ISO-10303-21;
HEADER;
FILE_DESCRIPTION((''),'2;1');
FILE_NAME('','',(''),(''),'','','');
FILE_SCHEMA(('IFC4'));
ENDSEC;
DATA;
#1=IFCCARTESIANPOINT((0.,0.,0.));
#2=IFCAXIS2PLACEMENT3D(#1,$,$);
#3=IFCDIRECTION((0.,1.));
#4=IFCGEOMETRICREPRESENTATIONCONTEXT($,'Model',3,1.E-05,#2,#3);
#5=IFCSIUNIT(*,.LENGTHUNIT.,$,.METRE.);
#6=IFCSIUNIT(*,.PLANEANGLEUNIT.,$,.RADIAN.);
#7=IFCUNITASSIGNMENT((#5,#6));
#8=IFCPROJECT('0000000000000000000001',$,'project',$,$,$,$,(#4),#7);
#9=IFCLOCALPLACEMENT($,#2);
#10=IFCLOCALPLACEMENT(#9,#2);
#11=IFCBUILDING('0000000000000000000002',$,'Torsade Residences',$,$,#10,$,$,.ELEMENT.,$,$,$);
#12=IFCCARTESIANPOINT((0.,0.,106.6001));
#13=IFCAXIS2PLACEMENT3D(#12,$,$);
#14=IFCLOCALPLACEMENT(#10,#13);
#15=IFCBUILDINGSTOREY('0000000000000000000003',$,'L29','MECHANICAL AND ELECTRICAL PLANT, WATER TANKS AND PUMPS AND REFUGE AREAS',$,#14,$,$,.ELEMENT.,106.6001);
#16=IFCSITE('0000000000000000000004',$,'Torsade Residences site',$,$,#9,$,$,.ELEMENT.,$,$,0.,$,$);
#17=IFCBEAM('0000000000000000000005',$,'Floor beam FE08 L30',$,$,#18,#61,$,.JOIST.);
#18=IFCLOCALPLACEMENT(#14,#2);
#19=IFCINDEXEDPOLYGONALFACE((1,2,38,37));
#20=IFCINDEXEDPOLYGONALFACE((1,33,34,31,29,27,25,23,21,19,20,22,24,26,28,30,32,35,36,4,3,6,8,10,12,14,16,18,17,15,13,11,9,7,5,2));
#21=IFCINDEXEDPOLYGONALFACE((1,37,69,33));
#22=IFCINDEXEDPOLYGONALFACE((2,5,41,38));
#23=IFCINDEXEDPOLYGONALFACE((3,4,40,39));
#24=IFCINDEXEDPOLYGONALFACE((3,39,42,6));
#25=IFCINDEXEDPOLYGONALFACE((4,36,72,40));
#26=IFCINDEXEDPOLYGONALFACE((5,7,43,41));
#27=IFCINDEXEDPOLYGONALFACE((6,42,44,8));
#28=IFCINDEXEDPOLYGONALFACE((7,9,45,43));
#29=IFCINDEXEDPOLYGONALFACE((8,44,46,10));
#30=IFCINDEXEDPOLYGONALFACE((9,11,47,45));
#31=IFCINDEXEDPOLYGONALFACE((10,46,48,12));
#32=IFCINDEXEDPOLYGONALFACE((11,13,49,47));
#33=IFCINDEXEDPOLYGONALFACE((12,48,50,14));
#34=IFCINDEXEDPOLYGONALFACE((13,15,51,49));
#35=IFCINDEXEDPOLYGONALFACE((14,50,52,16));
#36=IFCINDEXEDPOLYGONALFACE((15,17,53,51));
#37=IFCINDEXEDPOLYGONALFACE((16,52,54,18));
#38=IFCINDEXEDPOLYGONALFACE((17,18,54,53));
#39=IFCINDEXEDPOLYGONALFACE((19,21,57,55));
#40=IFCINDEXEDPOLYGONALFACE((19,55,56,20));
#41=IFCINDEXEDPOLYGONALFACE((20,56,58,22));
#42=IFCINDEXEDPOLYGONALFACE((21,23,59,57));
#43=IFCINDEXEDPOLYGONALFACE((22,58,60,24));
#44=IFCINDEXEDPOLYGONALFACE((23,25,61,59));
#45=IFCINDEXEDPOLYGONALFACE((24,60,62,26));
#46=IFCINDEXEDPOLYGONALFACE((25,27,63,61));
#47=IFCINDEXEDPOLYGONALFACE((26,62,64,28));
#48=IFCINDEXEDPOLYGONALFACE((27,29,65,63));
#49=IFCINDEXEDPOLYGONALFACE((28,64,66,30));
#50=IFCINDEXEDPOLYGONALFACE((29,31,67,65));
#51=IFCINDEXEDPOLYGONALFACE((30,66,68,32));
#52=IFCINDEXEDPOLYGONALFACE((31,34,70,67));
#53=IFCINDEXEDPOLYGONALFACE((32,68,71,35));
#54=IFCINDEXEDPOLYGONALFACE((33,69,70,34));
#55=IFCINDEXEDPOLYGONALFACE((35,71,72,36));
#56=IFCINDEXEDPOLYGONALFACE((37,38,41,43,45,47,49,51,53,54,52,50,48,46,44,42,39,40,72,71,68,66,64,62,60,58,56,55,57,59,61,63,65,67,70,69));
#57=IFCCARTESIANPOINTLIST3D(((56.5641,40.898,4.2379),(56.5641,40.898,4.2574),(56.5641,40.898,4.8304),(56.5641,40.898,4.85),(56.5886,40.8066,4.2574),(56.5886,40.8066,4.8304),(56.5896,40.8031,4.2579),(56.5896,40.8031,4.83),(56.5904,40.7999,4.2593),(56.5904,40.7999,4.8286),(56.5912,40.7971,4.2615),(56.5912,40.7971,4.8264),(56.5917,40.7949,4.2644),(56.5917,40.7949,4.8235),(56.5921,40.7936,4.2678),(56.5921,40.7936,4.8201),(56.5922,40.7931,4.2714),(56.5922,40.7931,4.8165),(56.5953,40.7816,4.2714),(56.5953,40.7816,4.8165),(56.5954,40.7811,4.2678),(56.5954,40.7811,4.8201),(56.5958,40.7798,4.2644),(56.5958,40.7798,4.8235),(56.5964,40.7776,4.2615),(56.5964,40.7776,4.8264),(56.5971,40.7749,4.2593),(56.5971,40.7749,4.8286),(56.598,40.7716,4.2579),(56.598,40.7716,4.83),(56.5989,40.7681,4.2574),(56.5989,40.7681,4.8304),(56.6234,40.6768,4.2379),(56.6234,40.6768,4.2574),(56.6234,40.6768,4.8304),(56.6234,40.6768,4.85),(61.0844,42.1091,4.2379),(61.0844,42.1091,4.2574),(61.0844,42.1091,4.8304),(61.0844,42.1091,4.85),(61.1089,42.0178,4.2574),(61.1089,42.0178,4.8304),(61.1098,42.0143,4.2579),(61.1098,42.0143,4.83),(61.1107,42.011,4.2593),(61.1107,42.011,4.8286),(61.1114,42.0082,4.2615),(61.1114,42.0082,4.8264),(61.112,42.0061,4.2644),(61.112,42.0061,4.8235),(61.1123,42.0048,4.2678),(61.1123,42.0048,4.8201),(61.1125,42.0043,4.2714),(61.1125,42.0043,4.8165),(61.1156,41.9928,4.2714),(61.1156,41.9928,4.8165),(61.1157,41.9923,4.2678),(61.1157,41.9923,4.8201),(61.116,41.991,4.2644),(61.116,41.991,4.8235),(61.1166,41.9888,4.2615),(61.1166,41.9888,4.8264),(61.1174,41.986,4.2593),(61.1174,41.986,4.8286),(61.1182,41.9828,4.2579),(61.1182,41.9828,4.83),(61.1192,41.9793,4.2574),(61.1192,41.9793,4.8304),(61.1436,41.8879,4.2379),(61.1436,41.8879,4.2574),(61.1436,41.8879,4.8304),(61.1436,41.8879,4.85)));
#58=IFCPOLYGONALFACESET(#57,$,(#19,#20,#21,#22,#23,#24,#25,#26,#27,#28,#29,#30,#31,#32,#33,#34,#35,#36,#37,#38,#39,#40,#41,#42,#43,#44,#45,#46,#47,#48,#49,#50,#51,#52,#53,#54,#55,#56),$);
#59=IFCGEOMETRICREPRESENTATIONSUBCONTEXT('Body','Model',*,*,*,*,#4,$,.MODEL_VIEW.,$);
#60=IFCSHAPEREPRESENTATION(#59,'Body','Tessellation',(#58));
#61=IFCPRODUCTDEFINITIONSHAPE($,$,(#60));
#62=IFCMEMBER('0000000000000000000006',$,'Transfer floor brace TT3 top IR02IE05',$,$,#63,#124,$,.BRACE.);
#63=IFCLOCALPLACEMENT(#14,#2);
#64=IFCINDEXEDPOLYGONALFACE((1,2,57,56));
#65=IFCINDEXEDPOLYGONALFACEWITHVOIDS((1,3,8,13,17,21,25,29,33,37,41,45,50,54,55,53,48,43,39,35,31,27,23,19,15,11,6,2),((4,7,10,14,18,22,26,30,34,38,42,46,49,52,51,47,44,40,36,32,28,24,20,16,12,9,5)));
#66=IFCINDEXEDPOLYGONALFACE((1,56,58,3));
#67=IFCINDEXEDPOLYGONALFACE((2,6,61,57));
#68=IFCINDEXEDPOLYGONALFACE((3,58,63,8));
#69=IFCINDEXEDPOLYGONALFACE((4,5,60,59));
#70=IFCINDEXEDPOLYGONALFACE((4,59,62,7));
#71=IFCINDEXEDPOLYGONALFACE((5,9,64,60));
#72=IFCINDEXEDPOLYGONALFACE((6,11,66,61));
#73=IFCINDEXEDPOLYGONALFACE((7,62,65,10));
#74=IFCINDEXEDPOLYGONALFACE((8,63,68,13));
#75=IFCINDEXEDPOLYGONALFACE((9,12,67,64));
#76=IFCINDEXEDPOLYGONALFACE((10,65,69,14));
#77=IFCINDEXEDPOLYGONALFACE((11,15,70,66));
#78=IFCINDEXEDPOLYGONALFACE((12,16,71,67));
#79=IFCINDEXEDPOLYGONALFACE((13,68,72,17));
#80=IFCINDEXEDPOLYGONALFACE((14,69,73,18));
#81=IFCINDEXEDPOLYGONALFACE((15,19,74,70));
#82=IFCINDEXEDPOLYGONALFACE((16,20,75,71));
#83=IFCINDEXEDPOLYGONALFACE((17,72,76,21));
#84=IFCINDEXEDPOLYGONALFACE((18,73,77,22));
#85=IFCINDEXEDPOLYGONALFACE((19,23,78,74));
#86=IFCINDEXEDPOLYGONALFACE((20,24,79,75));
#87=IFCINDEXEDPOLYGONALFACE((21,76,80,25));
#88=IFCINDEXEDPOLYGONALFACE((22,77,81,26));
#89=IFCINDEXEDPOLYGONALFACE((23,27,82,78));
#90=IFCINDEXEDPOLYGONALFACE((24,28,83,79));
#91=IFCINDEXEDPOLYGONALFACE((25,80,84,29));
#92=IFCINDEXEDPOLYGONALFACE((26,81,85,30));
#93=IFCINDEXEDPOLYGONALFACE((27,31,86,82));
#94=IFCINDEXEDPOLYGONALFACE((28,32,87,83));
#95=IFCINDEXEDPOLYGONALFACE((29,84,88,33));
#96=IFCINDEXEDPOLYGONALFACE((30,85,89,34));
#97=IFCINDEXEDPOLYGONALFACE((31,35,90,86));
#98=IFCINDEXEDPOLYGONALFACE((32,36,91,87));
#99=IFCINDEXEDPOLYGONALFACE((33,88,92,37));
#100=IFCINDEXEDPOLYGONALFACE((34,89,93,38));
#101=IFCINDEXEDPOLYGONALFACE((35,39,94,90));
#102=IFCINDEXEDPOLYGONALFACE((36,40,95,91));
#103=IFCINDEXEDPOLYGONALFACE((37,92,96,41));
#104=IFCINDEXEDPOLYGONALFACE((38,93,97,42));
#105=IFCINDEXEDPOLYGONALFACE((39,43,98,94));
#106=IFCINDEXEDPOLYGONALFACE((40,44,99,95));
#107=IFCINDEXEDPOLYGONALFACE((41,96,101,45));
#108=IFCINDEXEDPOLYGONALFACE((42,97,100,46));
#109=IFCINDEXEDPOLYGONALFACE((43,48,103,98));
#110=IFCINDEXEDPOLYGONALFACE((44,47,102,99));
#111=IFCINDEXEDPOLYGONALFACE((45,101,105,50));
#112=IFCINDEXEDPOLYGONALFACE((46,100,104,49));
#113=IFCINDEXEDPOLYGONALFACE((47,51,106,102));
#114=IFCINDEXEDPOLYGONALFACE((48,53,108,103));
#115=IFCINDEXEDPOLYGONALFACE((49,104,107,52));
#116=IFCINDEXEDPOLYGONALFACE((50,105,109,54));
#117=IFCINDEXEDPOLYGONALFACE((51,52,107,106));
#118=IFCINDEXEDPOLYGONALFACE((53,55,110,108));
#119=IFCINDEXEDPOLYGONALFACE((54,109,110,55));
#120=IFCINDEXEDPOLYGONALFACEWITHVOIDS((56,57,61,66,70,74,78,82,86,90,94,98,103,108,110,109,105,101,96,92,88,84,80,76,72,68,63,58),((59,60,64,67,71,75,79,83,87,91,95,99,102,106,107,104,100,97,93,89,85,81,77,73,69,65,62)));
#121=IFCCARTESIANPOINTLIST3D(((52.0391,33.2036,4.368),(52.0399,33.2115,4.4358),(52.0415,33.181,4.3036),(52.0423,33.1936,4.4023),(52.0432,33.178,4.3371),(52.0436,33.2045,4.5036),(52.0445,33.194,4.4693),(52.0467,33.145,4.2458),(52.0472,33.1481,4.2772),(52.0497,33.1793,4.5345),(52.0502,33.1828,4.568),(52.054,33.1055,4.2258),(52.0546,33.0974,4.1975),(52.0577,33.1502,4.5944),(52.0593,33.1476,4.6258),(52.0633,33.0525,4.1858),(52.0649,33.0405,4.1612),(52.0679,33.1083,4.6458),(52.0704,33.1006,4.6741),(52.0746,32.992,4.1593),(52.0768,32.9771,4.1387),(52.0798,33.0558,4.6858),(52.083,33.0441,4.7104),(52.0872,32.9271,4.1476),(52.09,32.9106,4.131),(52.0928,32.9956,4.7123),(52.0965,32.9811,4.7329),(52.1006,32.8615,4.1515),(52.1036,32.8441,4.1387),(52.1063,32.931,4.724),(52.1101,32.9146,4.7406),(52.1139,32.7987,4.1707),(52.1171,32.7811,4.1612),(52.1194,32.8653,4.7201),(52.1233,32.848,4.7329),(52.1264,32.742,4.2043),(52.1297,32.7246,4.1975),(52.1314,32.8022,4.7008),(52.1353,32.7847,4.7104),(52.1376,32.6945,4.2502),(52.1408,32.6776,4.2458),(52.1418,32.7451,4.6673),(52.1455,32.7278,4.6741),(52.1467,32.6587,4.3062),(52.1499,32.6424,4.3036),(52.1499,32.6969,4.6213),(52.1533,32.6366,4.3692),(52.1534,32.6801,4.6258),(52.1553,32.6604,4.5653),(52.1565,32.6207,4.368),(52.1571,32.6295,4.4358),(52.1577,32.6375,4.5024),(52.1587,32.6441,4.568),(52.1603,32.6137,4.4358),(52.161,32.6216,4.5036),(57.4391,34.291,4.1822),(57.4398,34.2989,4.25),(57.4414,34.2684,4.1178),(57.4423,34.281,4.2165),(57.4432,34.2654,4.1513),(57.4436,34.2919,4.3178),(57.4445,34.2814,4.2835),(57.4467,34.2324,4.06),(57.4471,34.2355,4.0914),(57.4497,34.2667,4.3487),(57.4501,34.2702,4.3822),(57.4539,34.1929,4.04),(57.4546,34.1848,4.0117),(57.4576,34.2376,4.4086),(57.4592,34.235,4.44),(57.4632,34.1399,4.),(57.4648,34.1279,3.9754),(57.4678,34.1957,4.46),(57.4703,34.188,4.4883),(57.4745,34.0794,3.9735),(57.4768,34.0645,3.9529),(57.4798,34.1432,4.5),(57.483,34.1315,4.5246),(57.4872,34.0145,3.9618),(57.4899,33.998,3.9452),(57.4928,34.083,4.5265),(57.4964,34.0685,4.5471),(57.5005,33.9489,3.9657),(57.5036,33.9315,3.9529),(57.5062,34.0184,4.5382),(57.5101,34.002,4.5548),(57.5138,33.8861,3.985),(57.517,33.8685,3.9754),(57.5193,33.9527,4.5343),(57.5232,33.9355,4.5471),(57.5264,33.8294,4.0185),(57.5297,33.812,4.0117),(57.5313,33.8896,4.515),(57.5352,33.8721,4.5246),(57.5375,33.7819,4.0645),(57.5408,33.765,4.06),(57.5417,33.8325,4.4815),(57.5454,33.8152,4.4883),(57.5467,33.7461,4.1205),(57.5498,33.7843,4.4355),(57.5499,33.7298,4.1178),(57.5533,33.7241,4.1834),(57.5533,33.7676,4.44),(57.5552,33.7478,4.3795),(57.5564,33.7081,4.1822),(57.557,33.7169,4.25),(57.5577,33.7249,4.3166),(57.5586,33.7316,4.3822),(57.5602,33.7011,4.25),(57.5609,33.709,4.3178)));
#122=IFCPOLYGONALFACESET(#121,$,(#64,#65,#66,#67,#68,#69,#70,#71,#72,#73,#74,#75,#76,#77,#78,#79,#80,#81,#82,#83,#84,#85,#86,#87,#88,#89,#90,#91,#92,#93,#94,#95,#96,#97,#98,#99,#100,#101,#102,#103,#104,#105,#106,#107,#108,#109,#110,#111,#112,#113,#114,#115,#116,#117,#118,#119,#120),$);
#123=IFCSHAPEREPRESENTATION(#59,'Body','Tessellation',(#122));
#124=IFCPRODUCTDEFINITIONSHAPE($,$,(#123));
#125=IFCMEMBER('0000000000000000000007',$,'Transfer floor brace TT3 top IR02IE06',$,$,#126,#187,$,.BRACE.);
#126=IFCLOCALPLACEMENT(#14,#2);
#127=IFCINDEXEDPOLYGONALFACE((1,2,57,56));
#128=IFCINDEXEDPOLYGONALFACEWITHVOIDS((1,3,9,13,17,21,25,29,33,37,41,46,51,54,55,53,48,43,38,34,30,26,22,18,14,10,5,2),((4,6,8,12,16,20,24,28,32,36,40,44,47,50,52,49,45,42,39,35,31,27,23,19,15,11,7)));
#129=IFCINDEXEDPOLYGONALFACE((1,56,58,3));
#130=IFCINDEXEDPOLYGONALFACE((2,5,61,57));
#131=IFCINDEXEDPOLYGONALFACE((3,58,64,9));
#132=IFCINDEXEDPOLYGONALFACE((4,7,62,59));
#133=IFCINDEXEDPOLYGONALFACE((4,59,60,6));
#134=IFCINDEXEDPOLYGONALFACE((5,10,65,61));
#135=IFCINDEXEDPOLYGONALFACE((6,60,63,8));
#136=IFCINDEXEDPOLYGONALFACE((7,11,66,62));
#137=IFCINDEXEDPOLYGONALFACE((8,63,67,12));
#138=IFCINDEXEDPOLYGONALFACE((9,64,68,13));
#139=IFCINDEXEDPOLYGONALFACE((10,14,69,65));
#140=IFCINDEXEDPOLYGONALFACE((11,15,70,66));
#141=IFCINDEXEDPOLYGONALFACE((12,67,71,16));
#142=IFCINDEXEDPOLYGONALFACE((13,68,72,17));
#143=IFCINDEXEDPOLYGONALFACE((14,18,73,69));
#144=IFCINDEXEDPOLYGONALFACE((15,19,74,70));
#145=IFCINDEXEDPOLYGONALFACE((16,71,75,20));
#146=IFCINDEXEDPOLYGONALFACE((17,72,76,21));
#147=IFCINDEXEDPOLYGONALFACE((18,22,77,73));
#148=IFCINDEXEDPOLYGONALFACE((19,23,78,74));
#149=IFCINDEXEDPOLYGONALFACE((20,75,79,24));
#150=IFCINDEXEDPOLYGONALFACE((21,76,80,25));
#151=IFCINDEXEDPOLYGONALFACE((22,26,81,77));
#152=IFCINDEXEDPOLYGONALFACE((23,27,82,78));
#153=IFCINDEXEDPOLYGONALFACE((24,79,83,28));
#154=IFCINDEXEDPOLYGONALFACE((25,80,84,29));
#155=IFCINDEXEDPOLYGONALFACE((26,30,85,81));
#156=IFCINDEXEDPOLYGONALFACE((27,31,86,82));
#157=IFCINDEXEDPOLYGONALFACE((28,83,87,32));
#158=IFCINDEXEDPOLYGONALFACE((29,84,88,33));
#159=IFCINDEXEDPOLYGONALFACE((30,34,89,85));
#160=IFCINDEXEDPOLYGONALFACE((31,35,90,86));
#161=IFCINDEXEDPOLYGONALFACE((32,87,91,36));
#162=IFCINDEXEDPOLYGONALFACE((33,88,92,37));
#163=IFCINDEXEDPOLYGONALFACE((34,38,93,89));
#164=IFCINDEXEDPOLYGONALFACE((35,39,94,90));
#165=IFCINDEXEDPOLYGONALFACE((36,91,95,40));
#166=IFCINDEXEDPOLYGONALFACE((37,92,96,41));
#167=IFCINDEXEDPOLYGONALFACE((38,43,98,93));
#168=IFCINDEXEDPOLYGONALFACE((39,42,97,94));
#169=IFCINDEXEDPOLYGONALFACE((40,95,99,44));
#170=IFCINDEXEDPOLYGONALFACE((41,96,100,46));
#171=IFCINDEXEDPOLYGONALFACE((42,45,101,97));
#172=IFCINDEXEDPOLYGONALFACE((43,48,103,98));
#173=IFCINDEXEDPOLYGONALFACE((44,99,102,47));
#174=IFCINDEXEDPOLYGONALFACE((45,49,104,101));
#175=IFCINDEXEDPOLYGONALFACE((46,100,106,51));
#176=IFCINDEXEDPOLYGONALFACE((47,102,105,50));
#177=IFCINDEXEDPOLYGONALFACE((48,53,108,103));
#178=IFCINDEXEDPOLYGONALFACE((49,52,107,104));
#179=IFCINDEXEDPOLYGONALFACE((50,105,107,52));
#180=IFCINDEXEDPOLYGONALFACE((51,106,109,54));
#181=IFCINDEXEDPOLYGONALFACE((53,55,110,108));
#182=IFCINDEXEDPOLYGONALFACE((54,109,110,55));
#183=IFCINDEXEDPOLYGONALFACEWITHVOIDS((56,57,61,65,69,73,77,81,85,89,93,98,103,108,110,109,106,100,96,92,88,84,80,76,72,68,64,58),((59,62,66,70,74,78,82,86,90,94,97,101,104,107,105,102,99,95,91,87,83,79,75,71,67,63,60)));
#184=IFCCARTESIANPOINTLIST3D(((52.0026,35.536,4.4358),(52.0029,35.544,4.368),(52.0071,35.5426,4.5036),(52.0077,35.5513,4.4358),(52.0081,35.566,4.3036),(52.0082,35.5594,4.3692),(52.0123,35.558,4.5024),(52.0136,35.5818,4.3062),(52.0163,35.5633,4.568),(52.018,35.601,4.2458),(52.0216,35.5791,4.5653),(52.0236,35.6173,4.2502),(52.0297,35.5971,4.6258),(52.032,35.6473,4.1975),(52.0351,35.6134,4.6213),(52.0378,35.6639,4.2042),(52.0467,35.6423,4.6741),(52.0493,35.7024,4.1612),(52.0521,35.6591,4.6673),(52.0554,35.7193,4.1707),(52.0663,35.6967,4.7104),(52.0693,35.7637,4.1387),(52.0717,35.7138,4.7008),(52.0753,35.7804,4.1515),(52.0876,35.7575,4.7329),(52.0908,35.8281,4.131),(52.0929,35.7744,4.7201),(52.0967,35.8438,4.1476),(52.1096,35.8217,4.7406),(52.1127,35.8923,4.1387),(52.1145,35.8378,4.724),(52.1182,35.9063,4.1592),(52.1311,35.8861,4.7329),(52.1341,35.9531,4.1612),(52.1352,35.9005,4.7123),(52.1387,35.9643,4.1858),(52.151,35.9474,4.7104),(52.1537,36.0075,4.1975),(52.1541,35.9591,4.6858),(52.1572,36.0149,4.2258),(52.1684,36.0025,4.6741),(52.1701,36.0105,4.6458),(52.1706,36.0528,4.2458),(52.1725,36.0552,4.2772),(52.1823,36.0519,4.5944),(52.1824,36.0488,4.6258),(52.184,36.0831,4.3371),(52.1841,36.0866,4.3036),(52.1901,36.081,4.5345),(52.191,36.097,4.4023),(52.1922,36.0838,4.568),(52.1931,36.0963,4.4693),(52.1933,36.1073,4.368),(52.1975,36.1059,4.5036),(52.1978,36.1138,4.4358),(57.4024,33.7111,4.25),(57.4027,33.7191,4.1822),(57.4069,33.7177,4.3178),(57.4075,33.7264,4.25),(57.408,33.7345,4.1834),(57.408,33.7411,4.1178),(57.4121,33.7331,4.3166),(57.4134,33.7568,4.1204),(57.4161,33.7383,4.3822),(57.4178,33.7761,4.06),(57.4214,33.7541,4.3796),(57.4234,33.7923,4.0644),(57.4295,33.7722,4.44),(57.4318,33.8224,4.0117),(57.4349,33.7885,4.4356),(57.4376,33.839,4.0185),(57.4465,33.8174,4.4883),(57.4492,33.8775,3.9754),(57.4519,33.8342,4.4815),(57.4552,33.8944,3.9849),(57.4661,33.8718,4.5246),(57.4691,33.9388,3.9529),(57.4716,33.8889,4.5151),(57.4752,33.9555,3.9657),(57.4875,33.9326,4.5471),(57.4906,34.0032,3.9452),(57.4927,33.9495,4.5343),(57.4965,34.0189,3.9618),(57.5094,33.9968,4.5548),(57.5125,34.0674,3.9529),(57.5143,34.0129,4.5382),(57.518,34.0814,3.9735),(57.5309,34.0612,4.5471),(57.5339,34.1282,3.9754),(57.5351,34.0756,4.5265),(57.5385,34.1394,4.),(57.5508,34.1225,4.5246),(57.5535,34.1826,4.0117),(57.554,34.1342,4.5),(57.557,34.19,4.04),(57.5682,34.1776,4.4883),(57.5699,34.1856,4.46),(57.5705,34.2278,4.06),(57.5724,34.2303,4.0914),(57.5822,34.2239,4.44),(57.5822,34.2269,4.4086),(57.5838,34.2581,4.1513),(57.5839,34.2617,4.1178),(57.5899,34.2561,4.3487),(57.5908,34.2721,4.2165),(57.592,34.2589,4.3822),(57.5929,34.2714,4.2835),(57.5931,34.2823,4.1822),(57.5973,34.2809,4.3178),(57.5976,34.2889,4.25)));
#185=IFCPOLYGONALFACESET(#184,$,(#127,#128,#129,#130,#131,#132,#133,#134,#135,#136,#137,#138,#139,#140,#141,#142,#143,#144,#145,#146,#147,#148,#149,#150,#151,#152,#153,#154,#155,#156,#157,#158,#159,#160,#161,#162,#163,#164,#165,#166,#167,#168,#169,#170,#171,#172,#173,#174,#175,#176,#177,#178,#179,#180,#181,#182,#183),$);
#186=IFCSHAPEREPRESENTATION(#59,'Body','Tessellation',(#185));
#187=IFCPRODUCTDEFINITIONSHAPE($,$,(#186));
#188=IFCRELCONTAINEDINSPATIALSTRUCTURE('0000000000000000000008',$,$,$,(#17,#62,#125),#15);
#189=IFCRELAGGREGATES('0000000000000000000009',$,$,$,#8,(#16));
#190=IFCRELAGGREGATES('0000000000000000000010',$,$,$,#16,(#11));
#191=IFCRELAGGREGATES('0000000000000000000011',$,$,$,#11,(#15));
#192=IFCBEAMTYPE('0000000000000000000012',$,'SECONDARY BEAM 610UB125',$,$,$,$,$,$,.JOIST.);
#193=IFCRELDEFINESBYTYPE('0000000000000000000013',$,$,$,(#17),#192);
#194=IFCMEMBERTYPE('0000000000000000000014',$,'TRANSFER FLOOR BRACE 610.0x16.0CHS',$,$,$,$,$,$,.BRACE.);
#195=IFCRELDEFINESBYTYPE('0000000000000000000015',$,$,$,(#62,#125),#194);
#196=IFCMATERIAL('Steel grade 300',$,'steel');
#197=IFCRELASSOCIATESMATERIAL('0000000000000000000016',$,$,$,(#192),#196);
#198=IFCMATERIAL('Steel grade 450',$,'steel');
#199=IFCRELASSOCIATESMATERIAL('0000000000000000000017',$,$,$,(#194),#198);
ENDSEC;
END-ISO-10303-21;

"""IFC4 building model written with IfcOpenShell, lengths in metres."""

from ifc_helpers import new_model, si_unit, direction, frame, origin, origin_2d, place, context, subcontext, project, spatial, hollow_circle, i_section, extrude, material, material_profile, profile_set, type_object, element, save


model = new_model("IFC4")

# Units and contexts
model_context = context("Model", 3, precision=1e-05, world=origin(), true_north=direction((0.0, 1.0)))
body_context = subcontext(model_context, "Body", "Model", "MODEL_VIEW")
ifc_project = project(units=[si_unit("LENGTHUNIT", "METRE"), si_unit("PLANEANGLEUNIT", "RADIAN")], contexts=[model_context])

# Site, building, storey
site_placement = place(None, origin())
site = spatial("IfcSite", under=ifc_project, at=site_placement, Name="Torsade Residences site", CompositionType="ELEMENT", RefElevation=0.0)
building_placement = place(site_placement, origin())
building = spatial("IfcBuilding", under=site, at=building_placement, Name="Torsade Residences", CompositionType="ELEMENT")
storey_placement = place(building_placement, frame((0.0, 0.0, 106.6001)))
storey = spatial("IfcBuildingStorey", under=building, at=storey_placement, Name="L29", Description="MECHANICAL AND ELECTRICAL PLANT, WATER TANKS AND PUMPS AND REFUGE AREAS", CompositionType="ELEMENT", Elevation=106.6001)

# Beam
ifc_material_1 = material(Name="Steel grade 300", Category="steel")
ifc_material_profile_1 = material_profile(ifc_material_1, i_section(OverallWidth=0.229, OverallDepth=0.6121, WebThickness=0.012, FlangeThickness=0.0195, FilletRadius=0.0139, at=origin_2d()), Name="610UB125")
ifc_profile_set_1 = profile_set([ifc_material_profile_1], Name="Steel grade 300")
beam_type_1 = type_object("IfcBeamType", Name="SECONDARY BEAM 610UB125", PredefinedType="JOIST", material=ifc_profile_set_1)
beam_1_placement = place(storey_placement, frame((61.114, 41.9985, 4.5439), z_axis=(-0.965927, -0.258815, 0.0), x_axis=(0.258815, -0.965927, 0.0)))
element("IfcBeam", 1, at=beam_1_placement, inside=storey, type_object=beam_type_1, Name="Floor beam FE08 L30", PredefinedType="JOIST", context=body_context, shape_type="SweptSolid", body=[
    extrude(i_section(OverallWidth=0.229, OverallDepth=0.6121, WebThickness=0.012, FlangeThickness=0.0195, FilletRadius=0.0139, at=origin_2d()), origin(), (0.0, 0.0, 1.0), 4.6797),
])

# Members
ifc_material_2 = material(Name="Steel grade 450", Category="steel")
ifc_material_profile_2 = material_profile(ifc_material_2, hollow_circle(Radius=0.3049, WallThickness=0.0161, at=origin_2d()), Name="610.0x16.0CHS")
ifc_profile_set_2 = profile_set([ifc_material_profile_2], Name="Steel grade 450")
member_type_1 = type_object("IfcMemberType", Name="TRANSFER FLOOR BRACE 610.0x16.0CHS", PredefinedType="BRACE", material=ifc_profile_set_2)
member_1_placement = place(storey_placement, frame((57.5, 34.0, 4.25), z_axis=(-0.979764, -0.197299, 0.03371), x_axis=(0.197412, -0.980321, 0.0)))
element("IfcMember", 2, at=member_1_placement, inside=storey, type_object=member_type_1, Name="Transfer floor brace TT3 top IR02IE05", PredefinedType="BRACE", context=body_context, shape_type="SweptSolid", body=[
    extrude(hollow_circle(Radius=0.3049, WallThickness=0.0161, at=origin_2d()), origin(), (0.0, 0.0, 1.0), 5.5115),
])
member_2_placement = place(storey_placement, frame((57.5, 34.0, 4.25), z_axis=(-0.946857, 0.32, 0.032578), x_axis=(-0.32017, -0.94736, 0.0)))
element("IfcMember", 3, at=member_2_placement, inside=storey, type_object=member_type_1, Name="Transfer floor brace TT3 top IR02IE06", PredefinedType="BRACE", context=body_context, shape_type="SweptSolid", body=[
    extrude(hollow_circle(Radius=0.3049, WallThickness=0.0161, at=origin_2d()), origin(), (0.0, 0.0, 1.0), 5.7029),
])

save(model, "model.ifc")
